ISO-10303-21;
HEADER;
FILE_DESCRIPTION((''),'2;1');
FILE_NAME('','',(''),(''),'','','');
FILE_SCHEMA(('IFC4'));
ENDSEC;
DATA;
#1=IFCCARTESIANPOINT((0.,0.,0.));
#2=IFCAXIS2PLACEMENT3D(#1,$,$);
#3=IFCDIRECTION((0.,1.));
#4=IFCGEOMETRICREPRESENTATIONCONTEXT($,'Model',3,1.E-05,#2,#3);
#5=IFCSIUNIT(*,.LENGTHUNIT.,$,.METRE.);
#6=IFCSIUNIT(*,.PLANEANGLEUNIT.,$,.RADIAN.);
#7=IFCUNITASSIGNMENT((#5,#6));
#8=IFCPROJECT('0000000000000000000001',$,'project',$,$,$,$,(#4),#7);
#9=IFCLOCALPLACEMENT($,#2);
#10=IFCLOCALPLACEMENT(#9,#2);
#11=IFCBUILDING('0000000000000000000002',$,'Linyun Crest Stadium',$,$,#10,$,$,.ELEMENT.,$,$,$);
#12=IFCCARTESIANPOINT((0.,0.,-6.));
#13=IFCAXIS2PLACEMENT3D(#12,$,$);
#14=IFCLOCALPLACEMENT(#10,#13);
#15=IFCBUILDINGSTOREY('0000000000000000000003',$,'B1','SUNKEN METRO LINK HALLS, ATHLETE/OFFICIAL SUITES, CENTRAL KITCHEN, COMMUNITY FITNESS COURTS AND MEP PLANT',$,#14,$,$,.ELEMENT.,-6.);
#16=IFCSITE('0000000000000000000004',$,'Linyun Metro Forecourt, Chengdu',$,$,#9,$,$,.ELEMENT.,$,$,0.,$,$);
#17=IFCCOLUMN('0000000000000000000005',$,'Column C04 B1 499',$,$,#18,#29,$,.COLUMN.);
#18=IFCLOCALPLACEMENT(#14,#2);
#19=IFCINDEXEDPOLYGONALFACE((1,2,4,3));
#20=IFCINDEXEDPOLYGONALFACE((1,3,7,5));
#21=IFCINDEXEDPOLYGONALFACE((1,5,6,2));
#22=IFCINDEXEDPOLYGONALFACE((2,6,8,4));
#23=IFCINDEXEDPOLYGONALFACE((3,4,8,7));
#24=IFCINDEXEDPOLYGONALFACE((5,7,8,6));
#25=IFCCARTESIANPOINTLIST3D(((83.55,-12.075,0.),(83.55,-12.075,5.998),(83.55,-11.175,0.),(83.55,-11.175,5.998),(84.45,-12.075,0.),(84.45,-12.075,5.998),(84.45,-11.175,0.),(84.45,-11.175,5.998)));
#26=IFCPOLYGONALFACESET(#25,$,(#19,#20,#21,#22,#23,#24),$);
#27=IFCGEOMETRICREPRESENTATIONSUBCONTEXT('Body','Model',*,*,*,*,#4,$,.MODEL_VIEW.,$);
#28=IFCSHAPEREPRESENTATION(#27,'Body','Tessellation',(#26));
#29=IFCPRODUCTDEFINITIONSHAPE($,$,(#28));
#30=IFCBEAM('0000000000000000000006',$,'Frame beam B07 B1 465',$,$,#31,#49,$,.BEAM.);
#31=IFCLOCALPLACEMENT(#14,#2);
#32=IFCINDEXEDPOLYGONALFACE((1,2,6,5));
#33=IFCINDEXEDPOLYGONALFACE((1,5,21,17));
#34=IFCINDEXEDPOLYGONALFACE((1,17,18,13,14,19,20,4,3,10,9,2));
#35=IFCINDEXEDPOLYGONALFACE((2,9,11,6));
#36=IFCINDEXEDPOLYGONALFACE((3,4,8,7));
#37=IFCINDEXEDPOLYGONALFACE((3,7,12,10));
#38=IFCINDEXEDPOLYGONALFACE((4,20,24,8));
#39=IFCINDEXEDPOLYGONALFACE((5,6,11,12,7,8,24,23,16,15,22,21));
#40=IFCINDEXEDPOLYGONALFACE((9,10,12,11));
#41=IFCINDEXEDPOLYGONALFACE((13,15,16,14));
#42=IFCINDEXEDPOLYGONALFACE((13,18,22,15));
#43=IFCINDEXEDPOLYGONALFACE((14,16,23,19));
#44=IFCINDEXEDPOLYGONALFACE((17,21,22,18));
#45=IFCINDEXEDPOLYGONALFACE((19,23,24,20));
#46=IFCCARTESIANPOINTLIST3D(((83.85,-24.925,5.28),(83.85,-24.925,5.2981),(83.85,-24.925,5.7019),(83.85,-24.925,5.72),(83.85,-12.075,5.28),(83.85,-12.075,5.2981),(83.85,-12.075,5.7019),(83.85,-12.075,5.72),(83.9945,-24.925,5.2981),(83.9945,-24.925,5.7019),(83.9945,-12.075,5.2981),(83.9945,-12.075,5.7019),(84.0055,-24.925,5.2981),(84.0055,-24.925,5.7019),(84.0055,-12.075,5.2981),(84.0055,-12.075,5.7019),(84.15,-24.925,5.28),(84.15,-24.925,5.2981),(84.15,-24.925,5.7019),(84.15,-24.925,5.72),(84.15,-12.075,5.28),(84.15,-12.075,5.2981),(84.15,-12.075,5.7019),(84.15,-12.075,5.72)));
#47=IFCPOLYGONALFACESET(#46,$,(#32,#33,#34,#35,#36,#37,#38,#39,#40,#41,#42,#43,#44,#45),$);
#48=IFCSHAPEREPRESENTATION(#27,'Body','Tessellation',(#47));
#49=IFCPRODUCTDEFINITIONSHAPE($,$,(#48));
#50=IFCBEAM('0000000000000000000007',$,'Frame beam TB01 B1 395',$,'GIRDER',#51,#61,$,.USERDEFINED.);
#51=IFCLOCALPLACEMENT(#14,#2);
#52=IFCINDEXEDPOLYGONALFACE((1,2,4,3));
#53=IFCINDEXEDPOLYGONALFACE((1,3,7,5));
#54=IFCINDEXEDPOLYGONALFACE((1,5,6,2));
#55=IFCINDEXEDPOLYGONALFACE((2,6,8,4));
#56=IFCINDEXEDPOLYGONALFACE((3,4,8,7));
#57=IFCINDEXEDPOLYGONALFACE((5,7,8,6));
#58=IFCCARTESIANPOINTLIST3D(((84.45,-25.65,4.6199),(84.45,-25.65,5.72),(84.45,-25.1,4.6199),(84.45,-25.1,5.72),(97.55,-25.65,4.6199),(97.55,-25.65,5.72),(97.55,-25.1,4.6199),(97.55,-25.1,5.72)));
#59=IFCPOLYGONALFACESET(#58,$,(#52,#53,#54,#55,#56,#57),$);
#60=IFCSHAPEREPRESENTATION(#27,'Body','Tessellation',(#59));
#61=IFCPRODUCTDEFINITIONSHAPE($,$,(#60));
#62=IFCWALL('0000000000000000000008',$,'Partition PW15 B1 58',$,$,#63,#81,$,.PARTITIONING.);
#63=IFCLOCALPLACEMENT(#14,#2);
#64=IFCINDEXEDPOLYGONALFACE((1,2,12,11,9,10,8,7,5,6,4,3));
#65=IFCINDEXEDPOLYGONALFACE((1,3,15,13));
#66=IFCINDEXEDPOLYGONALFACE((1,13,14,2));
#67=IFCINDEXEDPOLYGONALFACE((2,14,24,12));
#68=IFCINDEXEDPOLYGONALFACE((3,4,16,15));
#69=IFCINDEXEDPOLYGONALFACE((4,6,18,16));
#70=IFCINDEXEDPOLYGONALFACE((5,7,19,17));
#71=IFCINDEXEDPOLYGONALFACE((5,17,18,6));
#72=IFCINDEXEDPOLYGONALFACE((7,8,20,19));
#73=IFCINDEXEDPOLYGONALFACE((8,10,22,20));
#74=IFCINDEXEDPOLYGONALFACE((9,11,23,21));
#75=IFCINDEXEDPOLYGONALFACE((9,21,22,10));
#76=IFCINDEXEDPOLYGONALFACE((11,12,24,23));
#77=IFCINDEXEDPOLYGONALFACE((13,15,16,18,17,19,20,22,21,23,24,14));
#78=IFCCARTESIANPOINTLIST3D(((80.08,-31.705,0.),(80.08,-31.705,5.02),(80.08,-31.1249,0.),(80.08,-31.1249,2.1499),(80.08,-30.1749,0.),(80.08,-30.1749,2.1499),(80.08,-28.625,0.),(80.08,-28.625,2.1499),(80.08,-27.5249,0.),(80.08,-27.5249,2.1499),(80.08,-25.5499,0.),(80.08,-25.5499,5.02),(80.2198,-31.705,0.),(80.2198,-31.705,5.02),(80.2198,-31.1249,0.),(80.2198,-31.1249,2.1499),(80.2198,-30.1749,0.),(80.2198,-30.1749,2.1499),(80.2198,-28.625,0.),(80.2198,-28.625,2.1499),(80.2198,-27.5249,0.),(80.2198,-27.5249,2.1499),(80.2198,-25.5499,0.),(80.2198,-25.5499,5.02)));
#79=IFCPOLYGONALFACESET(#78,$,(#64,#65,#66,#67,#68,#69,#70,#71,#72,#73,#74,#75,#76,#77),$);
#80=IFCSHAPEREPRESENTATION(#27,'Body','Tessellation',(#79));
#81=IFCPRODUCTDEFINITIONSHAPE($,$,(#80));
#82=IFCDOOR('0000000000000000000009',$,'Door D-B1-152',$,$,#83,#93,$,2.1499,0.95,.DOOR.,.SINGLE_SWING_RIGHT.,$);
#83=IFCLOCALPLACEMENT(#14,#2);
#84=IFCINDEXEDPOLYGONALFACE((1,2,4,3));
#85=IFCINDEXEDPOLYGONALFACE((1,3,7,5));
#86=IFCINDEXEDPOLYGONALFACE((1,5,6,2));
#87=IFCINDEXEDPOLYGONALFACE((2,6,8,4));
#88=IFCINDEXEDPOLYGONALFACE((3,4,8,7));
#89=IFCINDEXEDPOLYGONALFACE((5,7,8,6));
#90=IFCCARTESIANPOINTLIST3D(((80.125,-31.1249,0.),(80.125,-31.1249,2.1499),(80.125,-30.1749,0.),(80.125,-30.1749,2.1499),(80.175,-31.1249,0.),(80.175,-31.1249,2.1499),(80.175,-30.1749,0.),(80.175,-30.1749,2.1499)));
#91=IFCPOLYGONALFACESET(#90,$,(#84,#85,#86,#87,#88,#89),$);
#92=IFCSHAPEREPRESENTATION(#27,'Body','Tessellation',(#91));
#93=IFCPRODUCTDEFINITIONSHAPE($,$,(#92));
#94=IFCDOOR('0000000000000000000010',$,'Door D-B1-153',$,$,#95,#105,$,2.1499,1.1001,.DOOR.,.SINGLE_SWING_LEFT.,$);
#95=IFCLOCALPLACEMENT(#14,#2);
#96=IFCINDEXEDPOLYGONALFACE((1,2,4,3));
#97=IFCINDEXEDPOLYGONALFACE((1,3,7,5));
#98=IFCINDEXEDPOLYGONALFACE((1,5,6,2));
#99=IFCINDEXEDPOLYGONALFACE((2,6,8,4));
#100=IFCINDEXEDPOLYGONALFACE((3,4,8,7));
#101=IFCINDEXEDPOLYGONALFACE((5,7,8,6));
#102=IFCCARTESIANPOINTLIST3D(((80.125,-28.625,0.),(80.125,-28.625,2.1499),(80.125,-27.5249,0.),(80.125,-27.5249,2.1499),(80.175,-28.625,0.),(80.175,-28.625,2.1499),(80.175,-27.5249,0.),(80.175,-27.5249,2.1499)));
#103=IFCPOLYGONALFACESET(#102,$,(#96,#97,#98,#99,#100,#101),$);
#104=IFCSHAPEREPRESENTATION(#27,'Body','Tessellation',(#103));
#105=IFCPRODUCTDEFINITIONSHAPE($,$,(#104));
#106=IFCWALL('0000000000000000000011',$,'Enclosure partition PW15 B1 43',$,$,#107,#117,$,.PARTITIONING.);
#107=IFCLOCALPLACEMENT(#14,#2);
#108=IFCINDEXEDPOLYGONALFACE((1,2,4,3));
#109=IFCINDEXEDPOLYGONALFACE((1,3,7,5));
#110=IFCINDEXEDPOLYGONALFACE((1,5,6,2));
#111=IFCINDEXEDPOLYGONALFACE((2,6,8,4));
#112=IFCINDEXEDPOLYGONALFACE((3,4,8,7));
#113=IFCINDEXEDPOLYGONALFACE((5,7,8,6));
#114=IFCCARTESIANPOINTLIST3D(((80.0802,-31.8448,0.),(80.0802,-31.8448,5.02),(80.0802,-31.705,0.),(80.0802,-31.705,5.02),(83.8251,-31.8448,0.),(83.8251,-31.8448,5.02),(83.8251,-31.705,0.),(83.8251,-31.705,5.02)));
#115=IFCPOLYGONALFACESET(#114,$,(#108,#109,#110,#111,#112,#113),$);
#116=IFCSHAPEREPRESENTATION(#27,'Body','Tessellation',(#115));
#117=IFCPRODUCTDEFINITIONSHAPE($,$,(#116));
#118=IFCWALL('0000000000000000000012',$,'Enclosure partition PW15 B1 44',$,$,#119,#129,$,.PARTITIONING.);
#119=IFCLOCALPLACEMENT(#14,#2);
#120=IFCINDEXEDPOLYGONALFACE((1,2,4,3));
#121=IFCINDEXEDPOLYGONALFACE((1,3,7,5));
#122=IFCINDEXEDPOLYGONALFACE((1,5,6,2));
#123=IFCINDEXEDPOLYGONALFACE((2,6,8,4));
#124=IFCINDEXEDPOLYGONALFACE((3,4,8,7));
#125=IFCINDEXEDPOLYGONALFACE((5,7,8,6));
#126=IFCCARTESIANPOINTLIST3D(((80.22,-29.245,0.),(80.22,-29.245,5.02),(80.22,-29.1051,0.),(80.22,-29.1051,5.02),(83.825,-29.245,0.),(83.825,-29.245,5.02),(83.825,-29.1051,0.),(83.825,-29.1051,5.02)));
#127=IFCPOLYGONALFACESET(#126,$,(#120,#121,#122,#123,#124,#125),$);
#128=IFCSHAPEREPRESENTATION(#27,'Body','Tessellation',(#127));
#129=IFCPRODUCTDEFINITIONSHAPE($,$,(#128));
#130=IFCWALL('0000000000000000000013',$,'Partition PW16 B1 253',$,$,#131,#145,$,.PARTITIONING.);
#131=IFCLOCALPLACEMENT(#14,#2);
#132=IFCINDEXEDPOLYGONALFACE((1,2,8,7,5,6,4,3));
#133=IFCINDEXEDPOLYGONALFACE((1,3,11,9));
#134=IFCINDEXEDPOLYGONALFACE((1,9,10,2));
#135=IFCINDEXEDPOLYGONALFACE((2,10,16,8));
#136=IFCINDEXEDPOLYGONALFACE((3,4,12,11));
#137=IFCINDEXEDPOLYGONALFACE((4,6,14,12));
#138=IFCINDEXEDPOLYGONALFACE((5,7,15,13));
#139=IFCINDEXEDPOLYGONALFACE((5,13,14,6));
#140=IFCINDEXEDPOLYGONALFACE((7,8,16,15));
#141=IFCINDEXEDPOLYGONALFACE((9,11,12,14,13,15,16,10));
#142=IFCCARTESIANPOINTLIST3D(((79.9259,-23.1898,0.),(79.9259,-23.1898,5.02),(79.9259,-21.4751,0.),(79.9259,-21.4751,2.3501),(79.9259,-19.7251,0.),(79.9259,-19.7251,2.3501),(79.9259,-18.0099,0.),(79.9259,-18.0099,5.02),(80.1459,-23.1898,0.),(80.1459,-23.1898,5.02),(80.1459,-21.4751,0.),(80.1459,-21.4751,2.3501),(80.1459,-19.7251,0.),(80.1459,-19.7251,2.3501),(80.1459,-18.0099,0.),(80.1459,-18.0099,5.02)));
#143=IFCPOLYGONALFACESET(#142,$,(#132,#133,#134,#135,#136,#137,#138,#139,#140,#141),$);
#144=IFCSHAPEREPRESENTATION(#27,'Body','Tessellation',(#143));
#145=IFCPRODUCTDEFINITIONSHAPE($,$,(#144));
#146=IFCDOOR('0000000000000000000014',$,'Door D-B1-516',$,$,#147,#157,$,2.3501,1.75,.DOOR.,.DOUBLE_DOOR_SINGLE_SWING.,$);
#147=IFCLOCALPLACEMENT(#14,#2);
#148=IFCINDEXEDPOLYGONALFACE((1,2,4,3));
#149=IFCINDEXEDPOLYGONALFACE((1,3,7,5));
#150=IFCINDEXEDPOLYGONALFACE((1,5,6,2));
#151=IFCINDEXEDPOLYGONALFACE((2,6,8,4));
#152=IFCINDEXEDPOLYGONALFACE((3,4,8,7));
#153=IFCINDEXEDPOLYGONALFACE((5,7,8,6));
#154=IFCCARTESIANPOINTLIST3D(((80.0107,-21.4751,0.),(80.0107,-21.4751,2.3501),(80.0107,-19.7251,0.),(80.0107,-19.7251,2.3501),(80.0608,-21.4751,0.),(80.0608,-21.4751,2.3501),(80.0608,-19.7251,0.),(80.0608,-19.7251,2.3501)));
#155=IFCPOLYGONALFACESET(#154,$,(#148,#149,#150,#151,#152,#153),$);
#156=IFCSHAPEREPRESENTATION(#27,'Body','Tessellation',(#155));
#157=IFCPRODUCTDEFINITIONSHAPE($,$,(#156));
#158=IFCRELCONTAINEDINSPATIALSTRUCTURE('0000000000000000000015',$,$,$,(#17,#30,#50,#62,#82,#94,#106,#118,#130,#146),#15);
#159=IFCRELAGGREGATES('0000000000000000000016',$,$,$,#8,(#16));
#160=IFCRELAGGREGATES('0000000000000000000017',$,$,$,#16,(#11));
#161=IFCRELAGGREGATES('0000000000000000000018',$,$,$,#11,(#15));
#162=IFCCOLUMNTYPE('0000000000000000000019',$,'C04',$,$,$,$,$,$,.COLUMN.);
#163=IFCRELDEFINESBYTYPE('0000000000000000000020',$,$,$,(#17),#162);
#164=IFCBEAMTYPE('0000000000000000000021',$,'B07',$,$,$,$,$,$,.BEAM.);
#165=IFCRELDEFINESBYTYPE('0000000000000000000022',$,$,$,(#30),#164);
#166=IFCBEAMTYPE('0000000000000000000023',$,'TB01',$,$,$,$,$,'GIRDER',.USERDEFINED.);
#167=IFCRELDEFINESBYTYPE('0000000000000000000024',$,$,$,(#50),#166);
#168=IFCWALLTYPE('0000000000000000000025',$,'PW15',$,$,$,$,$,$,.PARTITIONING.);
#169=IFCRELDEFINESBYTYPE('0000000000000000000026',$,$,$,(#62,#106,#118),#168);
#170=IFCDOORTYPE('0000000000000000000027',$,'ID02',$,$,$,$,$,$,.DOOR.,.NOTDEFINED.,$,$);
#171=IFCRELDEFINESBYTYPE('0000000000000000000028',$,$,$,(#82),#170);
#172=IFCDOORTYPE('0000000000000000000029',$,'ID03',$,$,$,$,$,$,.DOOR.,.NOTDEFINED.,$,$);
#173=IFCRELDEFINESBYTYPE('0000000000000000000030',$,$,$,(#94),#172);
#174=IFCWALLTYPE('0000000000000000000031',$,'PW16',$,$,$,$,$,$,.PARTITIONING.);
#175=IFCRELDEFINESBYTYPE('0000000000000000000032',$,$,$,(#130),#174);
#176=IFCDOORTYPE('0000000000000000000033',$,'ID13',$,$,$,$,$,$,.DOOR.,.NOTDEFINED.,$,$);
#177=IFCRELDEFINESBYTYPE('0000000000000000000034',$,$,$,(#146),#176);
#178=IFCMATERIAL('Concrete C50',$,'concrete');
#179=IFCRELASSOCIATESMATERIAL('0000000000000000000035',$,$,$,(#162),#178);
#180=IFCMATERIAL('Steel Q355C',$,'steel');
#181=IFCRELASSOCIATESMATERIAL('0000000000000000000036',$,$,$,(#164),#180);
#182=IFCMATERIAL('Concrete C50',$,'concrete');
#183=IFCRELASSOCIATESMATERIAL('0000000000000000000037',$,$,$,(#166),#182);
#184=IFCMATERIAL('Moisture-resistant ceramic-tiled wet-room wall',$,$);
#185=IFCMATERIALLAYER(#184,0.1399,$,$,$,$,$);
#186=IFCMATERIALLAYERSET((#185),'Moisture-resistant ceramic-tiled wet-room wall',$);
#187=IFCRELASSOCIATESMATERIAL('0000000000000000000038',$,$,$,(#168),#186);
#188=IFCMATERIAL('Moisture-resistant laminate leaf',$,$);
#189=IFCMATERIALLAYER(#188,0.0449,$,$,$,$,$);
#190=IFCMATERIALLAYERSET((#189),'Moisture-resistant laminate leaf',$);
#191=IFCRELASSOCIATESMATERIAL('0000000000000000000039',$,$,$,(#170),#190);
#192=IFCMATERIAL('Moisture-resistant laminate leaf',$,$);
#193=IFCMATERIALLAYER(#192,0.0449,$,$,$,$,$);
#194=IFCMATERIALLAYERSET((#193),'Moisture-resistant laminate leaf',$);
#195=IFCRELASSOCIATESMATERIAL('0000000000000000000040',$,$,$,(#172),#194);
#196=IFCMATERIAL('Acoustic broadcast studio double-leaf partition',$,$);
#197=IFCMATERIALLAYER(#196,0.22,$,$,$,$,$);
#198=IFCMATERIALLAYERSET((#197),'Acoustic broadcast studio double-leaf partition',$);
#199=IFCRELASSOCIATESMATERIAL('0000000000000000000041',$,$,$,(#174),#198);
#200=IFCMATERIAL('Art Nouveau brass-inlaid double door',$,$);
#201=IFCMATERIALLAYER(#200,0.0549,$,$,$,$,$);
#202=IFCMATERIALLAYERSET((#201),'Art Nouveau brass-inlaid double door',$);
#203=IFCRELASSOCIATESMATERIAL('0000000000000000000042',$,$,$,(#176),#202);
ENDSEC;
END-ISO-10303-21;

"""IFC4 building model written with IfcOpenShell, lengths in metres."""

from ifc_helpers import new_model, si_unit, direction, frame, frame_2d, origin, origin_2d, place, context, subcontext, project, spatial, rectangle, i_section, extrude, material, layer, layer_set, material_profile, profile_set, type_object, element, fill, save


model = new_model("IFC4")

# Units and contexts
model_context = context("Model", 3, precision=1e-05, world=origin(), true_north=direction((0.0, 1.0)))
body_context = subcontext(model_context, "Body", "Model", "MODEL_VIEW")
ifc_project = project(units=[si_unit("LENGTHUNIT", "METRE"), si_unit("PLANEANGLEUNIT", "RADIAN")], contexts=[model_context])

# Site, building, storey
site_placement = place(None, origin())
site = spatial("IfcSite", under=ifc_project, at=site_placement, Name="Linyun Metro Forecourt, Chengdu", CompositionType="ELEMENT", RefElevation=0.0)
building_placement = place(site_placement, origin())
building = spatial("IfcBuilding", under=site, at=building_placement, Name="Linyun Crest Stadium", CompositionType="ELEMENT")
storey_placement = place(building_placement, frame((0.0, 0.0, -6.0)))
storey = spatial("IfcBuildingStorey", under=building, at=storey_placement, Name="B1", Description="SUNKEN METRO LINK HALLS, ATHLETE/OFFICIAL SUITES, CENTRAL KITCHEN, COMMUNITY FITNESS COURTS AND MEP PLANT", CompositionType="ELEMENT", Elevation=-6.0)

# Column
ifc_material_1 = material(Name="Concrete C50", Category="concrete")
ifc_material_profile_1 = material_profile(ifc_material_1, rectangle(XDim=0.8999, YDim=0.8999, at=origin_2d()), Name="RC 900x900")
ifc_profile_set_1 = profile_set([ifc_material_profile_1], Name="Concrete C50")
column_type = type_object("IfcColumnType", Name="C04", PredefinedType="COLUMN", material=ifc_profile_set_1)
for number, where, z_axis, x_axis, name in (
    (1, (84.0, -11.625, 0.0), (0.0, 0.0, 1.0), (1.0, 0.0, 0.0), "Column C04 B1 499"),
):
    element("IfcColumn", number, at=place(storey_placement, frame(where, z_axis=z_axis, x_axis=x_axis)), inside=storey, type_object=column_type, Name=name, PredefinedType="COLUMN", context=body_context, shape_type="SweptSolid", body=[
        extrude(rectangle(XDim=0.8999, YDim=0.8999, at=origin_2d()), origin(), (0.0, 0.0, 1.0), 5.998),
    ])

# Beams
ifc_material_2 = material(Name="Steel Q355C", Category="steel")
ifc_material_profile_2 = material_profile(ifc_material_2, i_section(OverallWidth=0.3, OverallDepth=0.4399, WebThickness=0.011, FlangeThickness=0.0181, at=origin_2d()), Name="HM 440x300")
ifc_profile_set_2 = profile_set([ifc_material_profile_2], Name="Steel Q355C")
beam_type_1 = type_object("IfcBeamType", Name="B07", PredefinedType="BEAM", material=ifc_profile_set_2)
beam_1_placement = place(storey_placement, frame((84.0, -24.925, 5.5), z_axis=(0.0, 1.0, 0.0), x_axis=(-1.0, 0.0, 0.0)))
element("IfcBeam", 2, at=beam_1_placement, inside=storey, type_object=beam_type_1, Name="Frame beam B07 B1 465", PredefinedType="BEAM", context=body_context, shape_type="SweptSolid", body=[
    extrude(i_section(OverallWidth=0.3, OverallDepth=0.4399, WebThickness=0.011, FlangeThickness=0.0181, at=origin_2d()), origin(), (0.0, 0.0, 1.0), 12.8501),
])
ifc_material_3 = material(Name="Concrete C50", Category="concrete")
ifc_material_profile_3 = material_profile(ifc_material_3, rectangle(XDim=0.55, YDim=1.1001, at=origin_2d()), Name="RCB 1100x550")
ifc_profile_set_3 = profile_set([ifc_material_profile_3], Name="Concrete C50")
beam_type_2 = type_object("IfcBeamType", Name="TB01", ElementType="GIRDER", PredefinedType="USERDEFINED", material=ifc_profile_set_3)
beam_2_placement = place(storey_placement, frame((84.45, -25.375, 5.1699), z_axis=(1.0, 0.0, 0.0), x_axis=(0.0, 1.0, 0.0)))
element("IfcBeam", 3, at=beam_2_placement, inside=storey, type_object=beam_type_2, Name="Frame beam TB01 B1 395", ObjectType="GIRDER", PredefinedType="USERDEFINED", context=body_context, shape_type="SweptSolid", body=[
    extrude(rectangle(XDim=0.55, YDim=1.1001, at=origin_2d()), origin(), (0.0, 0.0, 1.0), 13.1001),
])

# Wall, openings, doors
ifc_material_4 = material(Name="Moisture-resistant ceramic-tiled wet-room wall")
ifc_layer_1 = layer(ifc_material_4, 0.1399)
ifc_layer_set_1 = layer_set([ifc_layer_1], Name="Moisture-resistant ceramic-tiled wet-room wall")
wall_type_1 = type_object("IfcWallType", Name="PW15", PredefinedType="PARTITIONING", material=ifc_layer_set_1)
wall_1_placement = place(storey_placement, frame((80.1499, -31.7051, 0.0), z_axis=(0.0, 0.0, 1.0), x_axis=(0.0, 1.0, 0.0)))
wall_1 = element("IfcWall", 4, at=wall_1_placement, inside=storey, type_object=wall_type_1, Name="Partition PW15 B1 58", PredefinedType="PARTITIONING", context=body_context, shape_type="SweptSolid", body=[
    extrude(rectangle(XDim=6.155, YDim=0.1399, at=frame_2d((3.0776, 0.0))), origin(), (0.0, 0.0, 1.0), 5.02),
])
opening_1_placement = place(wall_1_placement, frame((0.5801, 0.0, 0.0)))
opening_1 = element("IfcOpeningElement", 5, at=opening_1_placement, cuts=wall_1, PredefinedType="OPENING", context=body_context, shape_type="SweptSolid", body=[
    extrude(rectangle(XDim=0.95, YDim=2.1499, at=frame_2d((0.4751, 1.075))), frame((0.0, 0.0798, 0.0), z_axis=(0.0, -1.0, 0.0), x_axis=(1.0, 0.0, 0.0)), (0.0, 0.0, 1.0), 0.1599),
])
opening_2_placement = place(wall_1_placement, frame((3.0801, 0.0, 0.0)))
opening_2 = element("IfcOpeningElement", 6, at=opening_2_placement, cuts=wall_1, PredefinedType="OPENING", context=body_context, shape_type="SweptSolid", body=[
    extrude(rectangle(XDim=1.1001, YDim=2.1499, at=frame_2d((0.55, 1.075))), frame((0.0, 0.0798, 0.0), z_axis=(0.0, -1.0, 0.0), x_axis=(1.0, 0.0, 0.0)), (0.0, 0.0, 1.0), 0.1599),
])
ifc_material_5 = material(Name="Moisture-resistant laminate leaf")
ifc_layer_2 = layer(ifc_material_5, 0.0449)
ifc_layer_set_2 = layer_set([ifc_layer_2], Name="Moisture-resistant laminate leaf")
door_type_1 = type_object("IfcDoorType", Name="ID02", OperationType="NOTDEFINED", PredefinedType="DOOR", material=ifc_layer_set_2)
door_1_placement = place(opening_1_placement, origin())
door_1 = element("IfcDoor", 7, at=door_1_placement, inside=storey, type_object=door_type_1, Name="Door D-B1-152", OperationType="SINGLE_SWING_RIGHT", OverallHeight=2.1499, OverallWidth=0.95, PredefinedType="DOOR", context=body_context, shape_type="SweptSolid", body=[
    extrude(rectangle(XDim=0.95, YDim=2.1499, at=frame_2d((0.4751, 1.075))), frame((0.0, 0.0249, 0.0), z_axis=(0.0, -1.0, 0.0), x_axis=(1.0, 0.0, 0.0)), (0.0, 0.0, 1.0), 0.05),
])
fill(opening_1, door_1)
ifc_material_6 = material(Name="Moisture-resistant laminate leaf")
ifc_layer_3 = layer(ifc_material_6, 0.0449)
ifc_layer_set_3 = layer_set([ifc_layer_3], Name="Moisture-resistant laminate leaf")
door_type_2 = type_object("IfcDoorType", Name="ID03", OperationType="NOTDEFINED", PredefinedType="DOOR", material=ifc_layer_set_3)
door_2_placement = place(opening_2_placement, origin())
door_2 = element("IfcDoor", 8, at=door_2_placement, inside=storey, type_object=door_type_2, Name="Door D-B1-153", OperationType="SINGLE_SWING_LEFT", OverallHeight=2.1499, OverallWidth=1.1001, PredefinedType="DOOR", context=body_context, shape_type="SweptSolid", body=[
    extrude(rectangle(XDim=1.1001, YDim=2.1499, at=frame_2d((0.55, 1.075))), frame((0.0, 0.0249, 0.0), z_axis=(0.0, -1.0, 0.0), x_axis=(1.0, 0.0, 0.0)), (0.0, 0.0, 1.0), 0.05),
])
fill(opening_2, door_2)

# Walls
wall_2_placement = place(storey_placement, frame((80.0801, -31.7749, 0.0), z_axis=(0.0, 0.0, 1.0), x_axis=(1.0, 0.0, 0.0)))
element("IfcWall", 9, at=wall_2_placement, inside=storey, type_object=wall_type_1, Name="Enclosure partition PW15 B1 43", PredefinedType="PARTITIONING", context=body_context, shape_type="SweptSolid", body=[
    extrude(rectangle(XDim=3.7449, YDim=0.1399, at=frame_2d((1.8726, 0.0))), origin(), (0.0, 0.0, 1.0), 5.02),
])
wall_3_placement = place(storey_placement, frame((80.22, -29.175, 0.0), z_axis=(0.0, 0.0, 1.0), x_axis=(1.0, 0.0, 0.0)))
element("IfcWall", 10, at=wall_3_placement, inside=storey, type_object=wall_type_1, Name="Enclosure partition PW15 B1 44", PredefinedType="PARTITIONING", context=body_context, shape_type="SweptSolid", body=[
    extrude(rectangle(XDim=3.605, YDim=0.1399, at=frame_2d((1.8025, 0.0))), origin(), (0.0, 0.0, 1.0), 5.02),
])

# Wall, opening, door
ifc_material_7 = material(Name="Acoustic broadcast studio double-leaf partition")
ifc_layer_4 = layer(ifc_material_7, 0.22)
ifc_layer_set_4 = layer_set([ifc_layer_4], Name="Acoustic broadcast studio double-leaf partition")
wall_type_2 = type_object("IfcWallType", Name="PW16", PredefinedType="PARTITIONING", material=ifc_layer_set_4)
wall_4_placement = place(storey_placement, frame((80.0359, -18.01, 0.0), z_axis=(0.0, 0.0, 1.0), x_axis=(0.0, -1.0, 0.0)))
wall_4 = element("IfcWall", 11, at=wall_4_placement, inside=storey, type_object=wall_type_2, Name="Partition PW16 B1 253", PredefinedType="PARTITIONING", context=body_context, shape_type="SweptSolid", body=[
    extrude(rectangle(XDim=5.1799, YDim=0.22, at=frame_2d((2.5898, 0.0))), origin(), (0.0, 0.0, 1.0), 5.02),
])
opening_3_placement = place(wall_4_placement, frame((1.7151, 0.0, 0.0)))
opening_3 = element("IfcOpeningElement", 12, at=opening_3_placement, cuts=wall_4, PredefinedType="OPENING", context=body_context, shape_type="SweptSolid", body=[
    extrude(rectangle(XDim=1.75, YDim=2.3501, at=frame_2d((0.875, 1.175))), frame((0.0, 0.1199, 0.0), z_axis=(0.0, -1.0, 0.0), x_axis=(1.0, 0.0, 0.0)), (0.0, 0.0, 1.0), 0.24),
])
ifc_material_8 = material(Name="Art Nouveau brass-inlaid double door")
ifc_layer_5 = layer(ifc_material_8, 0.0549)
ifc_layer_set_5 = layer_set([ifc_layer_5], Name="Art Nouveau brass-inlaid double door")
door_type_3 = type_object("IfcDoorType", Name="ID13", OperationType="NOTDEFINED", PredefinedType="DOOR", material=ifc_layer_set_5)
door_3_placement = place(opening_3_placement, origin())
door_3 = element("IfcDoor", 13, at=door_3_placement, inside=storey, type_object=door_type_3, Name="Door D-B1-516", OperationType="DOUBLE_DOOR_SINGLE_SWING", OverallHeight=2.3501, OverallWidth=1.75, PredefinedType="DOOR", context=body_context, shape_type="SweptSolid", body=[
    extrude(rectangle(XDim=1.75, YDim=2.3501, at=frame_2d((0.875, 1.175))), frame((0.0, 0.0249, 0.0), z_axis=(0.0, -1.0, 0.0), x_axis=(1.0, 0.0, 0.0)), (0.0, 0.0, 1.0), 0.05),
])
fill(opening_3, door_3)

save(model, "model.ifc")
